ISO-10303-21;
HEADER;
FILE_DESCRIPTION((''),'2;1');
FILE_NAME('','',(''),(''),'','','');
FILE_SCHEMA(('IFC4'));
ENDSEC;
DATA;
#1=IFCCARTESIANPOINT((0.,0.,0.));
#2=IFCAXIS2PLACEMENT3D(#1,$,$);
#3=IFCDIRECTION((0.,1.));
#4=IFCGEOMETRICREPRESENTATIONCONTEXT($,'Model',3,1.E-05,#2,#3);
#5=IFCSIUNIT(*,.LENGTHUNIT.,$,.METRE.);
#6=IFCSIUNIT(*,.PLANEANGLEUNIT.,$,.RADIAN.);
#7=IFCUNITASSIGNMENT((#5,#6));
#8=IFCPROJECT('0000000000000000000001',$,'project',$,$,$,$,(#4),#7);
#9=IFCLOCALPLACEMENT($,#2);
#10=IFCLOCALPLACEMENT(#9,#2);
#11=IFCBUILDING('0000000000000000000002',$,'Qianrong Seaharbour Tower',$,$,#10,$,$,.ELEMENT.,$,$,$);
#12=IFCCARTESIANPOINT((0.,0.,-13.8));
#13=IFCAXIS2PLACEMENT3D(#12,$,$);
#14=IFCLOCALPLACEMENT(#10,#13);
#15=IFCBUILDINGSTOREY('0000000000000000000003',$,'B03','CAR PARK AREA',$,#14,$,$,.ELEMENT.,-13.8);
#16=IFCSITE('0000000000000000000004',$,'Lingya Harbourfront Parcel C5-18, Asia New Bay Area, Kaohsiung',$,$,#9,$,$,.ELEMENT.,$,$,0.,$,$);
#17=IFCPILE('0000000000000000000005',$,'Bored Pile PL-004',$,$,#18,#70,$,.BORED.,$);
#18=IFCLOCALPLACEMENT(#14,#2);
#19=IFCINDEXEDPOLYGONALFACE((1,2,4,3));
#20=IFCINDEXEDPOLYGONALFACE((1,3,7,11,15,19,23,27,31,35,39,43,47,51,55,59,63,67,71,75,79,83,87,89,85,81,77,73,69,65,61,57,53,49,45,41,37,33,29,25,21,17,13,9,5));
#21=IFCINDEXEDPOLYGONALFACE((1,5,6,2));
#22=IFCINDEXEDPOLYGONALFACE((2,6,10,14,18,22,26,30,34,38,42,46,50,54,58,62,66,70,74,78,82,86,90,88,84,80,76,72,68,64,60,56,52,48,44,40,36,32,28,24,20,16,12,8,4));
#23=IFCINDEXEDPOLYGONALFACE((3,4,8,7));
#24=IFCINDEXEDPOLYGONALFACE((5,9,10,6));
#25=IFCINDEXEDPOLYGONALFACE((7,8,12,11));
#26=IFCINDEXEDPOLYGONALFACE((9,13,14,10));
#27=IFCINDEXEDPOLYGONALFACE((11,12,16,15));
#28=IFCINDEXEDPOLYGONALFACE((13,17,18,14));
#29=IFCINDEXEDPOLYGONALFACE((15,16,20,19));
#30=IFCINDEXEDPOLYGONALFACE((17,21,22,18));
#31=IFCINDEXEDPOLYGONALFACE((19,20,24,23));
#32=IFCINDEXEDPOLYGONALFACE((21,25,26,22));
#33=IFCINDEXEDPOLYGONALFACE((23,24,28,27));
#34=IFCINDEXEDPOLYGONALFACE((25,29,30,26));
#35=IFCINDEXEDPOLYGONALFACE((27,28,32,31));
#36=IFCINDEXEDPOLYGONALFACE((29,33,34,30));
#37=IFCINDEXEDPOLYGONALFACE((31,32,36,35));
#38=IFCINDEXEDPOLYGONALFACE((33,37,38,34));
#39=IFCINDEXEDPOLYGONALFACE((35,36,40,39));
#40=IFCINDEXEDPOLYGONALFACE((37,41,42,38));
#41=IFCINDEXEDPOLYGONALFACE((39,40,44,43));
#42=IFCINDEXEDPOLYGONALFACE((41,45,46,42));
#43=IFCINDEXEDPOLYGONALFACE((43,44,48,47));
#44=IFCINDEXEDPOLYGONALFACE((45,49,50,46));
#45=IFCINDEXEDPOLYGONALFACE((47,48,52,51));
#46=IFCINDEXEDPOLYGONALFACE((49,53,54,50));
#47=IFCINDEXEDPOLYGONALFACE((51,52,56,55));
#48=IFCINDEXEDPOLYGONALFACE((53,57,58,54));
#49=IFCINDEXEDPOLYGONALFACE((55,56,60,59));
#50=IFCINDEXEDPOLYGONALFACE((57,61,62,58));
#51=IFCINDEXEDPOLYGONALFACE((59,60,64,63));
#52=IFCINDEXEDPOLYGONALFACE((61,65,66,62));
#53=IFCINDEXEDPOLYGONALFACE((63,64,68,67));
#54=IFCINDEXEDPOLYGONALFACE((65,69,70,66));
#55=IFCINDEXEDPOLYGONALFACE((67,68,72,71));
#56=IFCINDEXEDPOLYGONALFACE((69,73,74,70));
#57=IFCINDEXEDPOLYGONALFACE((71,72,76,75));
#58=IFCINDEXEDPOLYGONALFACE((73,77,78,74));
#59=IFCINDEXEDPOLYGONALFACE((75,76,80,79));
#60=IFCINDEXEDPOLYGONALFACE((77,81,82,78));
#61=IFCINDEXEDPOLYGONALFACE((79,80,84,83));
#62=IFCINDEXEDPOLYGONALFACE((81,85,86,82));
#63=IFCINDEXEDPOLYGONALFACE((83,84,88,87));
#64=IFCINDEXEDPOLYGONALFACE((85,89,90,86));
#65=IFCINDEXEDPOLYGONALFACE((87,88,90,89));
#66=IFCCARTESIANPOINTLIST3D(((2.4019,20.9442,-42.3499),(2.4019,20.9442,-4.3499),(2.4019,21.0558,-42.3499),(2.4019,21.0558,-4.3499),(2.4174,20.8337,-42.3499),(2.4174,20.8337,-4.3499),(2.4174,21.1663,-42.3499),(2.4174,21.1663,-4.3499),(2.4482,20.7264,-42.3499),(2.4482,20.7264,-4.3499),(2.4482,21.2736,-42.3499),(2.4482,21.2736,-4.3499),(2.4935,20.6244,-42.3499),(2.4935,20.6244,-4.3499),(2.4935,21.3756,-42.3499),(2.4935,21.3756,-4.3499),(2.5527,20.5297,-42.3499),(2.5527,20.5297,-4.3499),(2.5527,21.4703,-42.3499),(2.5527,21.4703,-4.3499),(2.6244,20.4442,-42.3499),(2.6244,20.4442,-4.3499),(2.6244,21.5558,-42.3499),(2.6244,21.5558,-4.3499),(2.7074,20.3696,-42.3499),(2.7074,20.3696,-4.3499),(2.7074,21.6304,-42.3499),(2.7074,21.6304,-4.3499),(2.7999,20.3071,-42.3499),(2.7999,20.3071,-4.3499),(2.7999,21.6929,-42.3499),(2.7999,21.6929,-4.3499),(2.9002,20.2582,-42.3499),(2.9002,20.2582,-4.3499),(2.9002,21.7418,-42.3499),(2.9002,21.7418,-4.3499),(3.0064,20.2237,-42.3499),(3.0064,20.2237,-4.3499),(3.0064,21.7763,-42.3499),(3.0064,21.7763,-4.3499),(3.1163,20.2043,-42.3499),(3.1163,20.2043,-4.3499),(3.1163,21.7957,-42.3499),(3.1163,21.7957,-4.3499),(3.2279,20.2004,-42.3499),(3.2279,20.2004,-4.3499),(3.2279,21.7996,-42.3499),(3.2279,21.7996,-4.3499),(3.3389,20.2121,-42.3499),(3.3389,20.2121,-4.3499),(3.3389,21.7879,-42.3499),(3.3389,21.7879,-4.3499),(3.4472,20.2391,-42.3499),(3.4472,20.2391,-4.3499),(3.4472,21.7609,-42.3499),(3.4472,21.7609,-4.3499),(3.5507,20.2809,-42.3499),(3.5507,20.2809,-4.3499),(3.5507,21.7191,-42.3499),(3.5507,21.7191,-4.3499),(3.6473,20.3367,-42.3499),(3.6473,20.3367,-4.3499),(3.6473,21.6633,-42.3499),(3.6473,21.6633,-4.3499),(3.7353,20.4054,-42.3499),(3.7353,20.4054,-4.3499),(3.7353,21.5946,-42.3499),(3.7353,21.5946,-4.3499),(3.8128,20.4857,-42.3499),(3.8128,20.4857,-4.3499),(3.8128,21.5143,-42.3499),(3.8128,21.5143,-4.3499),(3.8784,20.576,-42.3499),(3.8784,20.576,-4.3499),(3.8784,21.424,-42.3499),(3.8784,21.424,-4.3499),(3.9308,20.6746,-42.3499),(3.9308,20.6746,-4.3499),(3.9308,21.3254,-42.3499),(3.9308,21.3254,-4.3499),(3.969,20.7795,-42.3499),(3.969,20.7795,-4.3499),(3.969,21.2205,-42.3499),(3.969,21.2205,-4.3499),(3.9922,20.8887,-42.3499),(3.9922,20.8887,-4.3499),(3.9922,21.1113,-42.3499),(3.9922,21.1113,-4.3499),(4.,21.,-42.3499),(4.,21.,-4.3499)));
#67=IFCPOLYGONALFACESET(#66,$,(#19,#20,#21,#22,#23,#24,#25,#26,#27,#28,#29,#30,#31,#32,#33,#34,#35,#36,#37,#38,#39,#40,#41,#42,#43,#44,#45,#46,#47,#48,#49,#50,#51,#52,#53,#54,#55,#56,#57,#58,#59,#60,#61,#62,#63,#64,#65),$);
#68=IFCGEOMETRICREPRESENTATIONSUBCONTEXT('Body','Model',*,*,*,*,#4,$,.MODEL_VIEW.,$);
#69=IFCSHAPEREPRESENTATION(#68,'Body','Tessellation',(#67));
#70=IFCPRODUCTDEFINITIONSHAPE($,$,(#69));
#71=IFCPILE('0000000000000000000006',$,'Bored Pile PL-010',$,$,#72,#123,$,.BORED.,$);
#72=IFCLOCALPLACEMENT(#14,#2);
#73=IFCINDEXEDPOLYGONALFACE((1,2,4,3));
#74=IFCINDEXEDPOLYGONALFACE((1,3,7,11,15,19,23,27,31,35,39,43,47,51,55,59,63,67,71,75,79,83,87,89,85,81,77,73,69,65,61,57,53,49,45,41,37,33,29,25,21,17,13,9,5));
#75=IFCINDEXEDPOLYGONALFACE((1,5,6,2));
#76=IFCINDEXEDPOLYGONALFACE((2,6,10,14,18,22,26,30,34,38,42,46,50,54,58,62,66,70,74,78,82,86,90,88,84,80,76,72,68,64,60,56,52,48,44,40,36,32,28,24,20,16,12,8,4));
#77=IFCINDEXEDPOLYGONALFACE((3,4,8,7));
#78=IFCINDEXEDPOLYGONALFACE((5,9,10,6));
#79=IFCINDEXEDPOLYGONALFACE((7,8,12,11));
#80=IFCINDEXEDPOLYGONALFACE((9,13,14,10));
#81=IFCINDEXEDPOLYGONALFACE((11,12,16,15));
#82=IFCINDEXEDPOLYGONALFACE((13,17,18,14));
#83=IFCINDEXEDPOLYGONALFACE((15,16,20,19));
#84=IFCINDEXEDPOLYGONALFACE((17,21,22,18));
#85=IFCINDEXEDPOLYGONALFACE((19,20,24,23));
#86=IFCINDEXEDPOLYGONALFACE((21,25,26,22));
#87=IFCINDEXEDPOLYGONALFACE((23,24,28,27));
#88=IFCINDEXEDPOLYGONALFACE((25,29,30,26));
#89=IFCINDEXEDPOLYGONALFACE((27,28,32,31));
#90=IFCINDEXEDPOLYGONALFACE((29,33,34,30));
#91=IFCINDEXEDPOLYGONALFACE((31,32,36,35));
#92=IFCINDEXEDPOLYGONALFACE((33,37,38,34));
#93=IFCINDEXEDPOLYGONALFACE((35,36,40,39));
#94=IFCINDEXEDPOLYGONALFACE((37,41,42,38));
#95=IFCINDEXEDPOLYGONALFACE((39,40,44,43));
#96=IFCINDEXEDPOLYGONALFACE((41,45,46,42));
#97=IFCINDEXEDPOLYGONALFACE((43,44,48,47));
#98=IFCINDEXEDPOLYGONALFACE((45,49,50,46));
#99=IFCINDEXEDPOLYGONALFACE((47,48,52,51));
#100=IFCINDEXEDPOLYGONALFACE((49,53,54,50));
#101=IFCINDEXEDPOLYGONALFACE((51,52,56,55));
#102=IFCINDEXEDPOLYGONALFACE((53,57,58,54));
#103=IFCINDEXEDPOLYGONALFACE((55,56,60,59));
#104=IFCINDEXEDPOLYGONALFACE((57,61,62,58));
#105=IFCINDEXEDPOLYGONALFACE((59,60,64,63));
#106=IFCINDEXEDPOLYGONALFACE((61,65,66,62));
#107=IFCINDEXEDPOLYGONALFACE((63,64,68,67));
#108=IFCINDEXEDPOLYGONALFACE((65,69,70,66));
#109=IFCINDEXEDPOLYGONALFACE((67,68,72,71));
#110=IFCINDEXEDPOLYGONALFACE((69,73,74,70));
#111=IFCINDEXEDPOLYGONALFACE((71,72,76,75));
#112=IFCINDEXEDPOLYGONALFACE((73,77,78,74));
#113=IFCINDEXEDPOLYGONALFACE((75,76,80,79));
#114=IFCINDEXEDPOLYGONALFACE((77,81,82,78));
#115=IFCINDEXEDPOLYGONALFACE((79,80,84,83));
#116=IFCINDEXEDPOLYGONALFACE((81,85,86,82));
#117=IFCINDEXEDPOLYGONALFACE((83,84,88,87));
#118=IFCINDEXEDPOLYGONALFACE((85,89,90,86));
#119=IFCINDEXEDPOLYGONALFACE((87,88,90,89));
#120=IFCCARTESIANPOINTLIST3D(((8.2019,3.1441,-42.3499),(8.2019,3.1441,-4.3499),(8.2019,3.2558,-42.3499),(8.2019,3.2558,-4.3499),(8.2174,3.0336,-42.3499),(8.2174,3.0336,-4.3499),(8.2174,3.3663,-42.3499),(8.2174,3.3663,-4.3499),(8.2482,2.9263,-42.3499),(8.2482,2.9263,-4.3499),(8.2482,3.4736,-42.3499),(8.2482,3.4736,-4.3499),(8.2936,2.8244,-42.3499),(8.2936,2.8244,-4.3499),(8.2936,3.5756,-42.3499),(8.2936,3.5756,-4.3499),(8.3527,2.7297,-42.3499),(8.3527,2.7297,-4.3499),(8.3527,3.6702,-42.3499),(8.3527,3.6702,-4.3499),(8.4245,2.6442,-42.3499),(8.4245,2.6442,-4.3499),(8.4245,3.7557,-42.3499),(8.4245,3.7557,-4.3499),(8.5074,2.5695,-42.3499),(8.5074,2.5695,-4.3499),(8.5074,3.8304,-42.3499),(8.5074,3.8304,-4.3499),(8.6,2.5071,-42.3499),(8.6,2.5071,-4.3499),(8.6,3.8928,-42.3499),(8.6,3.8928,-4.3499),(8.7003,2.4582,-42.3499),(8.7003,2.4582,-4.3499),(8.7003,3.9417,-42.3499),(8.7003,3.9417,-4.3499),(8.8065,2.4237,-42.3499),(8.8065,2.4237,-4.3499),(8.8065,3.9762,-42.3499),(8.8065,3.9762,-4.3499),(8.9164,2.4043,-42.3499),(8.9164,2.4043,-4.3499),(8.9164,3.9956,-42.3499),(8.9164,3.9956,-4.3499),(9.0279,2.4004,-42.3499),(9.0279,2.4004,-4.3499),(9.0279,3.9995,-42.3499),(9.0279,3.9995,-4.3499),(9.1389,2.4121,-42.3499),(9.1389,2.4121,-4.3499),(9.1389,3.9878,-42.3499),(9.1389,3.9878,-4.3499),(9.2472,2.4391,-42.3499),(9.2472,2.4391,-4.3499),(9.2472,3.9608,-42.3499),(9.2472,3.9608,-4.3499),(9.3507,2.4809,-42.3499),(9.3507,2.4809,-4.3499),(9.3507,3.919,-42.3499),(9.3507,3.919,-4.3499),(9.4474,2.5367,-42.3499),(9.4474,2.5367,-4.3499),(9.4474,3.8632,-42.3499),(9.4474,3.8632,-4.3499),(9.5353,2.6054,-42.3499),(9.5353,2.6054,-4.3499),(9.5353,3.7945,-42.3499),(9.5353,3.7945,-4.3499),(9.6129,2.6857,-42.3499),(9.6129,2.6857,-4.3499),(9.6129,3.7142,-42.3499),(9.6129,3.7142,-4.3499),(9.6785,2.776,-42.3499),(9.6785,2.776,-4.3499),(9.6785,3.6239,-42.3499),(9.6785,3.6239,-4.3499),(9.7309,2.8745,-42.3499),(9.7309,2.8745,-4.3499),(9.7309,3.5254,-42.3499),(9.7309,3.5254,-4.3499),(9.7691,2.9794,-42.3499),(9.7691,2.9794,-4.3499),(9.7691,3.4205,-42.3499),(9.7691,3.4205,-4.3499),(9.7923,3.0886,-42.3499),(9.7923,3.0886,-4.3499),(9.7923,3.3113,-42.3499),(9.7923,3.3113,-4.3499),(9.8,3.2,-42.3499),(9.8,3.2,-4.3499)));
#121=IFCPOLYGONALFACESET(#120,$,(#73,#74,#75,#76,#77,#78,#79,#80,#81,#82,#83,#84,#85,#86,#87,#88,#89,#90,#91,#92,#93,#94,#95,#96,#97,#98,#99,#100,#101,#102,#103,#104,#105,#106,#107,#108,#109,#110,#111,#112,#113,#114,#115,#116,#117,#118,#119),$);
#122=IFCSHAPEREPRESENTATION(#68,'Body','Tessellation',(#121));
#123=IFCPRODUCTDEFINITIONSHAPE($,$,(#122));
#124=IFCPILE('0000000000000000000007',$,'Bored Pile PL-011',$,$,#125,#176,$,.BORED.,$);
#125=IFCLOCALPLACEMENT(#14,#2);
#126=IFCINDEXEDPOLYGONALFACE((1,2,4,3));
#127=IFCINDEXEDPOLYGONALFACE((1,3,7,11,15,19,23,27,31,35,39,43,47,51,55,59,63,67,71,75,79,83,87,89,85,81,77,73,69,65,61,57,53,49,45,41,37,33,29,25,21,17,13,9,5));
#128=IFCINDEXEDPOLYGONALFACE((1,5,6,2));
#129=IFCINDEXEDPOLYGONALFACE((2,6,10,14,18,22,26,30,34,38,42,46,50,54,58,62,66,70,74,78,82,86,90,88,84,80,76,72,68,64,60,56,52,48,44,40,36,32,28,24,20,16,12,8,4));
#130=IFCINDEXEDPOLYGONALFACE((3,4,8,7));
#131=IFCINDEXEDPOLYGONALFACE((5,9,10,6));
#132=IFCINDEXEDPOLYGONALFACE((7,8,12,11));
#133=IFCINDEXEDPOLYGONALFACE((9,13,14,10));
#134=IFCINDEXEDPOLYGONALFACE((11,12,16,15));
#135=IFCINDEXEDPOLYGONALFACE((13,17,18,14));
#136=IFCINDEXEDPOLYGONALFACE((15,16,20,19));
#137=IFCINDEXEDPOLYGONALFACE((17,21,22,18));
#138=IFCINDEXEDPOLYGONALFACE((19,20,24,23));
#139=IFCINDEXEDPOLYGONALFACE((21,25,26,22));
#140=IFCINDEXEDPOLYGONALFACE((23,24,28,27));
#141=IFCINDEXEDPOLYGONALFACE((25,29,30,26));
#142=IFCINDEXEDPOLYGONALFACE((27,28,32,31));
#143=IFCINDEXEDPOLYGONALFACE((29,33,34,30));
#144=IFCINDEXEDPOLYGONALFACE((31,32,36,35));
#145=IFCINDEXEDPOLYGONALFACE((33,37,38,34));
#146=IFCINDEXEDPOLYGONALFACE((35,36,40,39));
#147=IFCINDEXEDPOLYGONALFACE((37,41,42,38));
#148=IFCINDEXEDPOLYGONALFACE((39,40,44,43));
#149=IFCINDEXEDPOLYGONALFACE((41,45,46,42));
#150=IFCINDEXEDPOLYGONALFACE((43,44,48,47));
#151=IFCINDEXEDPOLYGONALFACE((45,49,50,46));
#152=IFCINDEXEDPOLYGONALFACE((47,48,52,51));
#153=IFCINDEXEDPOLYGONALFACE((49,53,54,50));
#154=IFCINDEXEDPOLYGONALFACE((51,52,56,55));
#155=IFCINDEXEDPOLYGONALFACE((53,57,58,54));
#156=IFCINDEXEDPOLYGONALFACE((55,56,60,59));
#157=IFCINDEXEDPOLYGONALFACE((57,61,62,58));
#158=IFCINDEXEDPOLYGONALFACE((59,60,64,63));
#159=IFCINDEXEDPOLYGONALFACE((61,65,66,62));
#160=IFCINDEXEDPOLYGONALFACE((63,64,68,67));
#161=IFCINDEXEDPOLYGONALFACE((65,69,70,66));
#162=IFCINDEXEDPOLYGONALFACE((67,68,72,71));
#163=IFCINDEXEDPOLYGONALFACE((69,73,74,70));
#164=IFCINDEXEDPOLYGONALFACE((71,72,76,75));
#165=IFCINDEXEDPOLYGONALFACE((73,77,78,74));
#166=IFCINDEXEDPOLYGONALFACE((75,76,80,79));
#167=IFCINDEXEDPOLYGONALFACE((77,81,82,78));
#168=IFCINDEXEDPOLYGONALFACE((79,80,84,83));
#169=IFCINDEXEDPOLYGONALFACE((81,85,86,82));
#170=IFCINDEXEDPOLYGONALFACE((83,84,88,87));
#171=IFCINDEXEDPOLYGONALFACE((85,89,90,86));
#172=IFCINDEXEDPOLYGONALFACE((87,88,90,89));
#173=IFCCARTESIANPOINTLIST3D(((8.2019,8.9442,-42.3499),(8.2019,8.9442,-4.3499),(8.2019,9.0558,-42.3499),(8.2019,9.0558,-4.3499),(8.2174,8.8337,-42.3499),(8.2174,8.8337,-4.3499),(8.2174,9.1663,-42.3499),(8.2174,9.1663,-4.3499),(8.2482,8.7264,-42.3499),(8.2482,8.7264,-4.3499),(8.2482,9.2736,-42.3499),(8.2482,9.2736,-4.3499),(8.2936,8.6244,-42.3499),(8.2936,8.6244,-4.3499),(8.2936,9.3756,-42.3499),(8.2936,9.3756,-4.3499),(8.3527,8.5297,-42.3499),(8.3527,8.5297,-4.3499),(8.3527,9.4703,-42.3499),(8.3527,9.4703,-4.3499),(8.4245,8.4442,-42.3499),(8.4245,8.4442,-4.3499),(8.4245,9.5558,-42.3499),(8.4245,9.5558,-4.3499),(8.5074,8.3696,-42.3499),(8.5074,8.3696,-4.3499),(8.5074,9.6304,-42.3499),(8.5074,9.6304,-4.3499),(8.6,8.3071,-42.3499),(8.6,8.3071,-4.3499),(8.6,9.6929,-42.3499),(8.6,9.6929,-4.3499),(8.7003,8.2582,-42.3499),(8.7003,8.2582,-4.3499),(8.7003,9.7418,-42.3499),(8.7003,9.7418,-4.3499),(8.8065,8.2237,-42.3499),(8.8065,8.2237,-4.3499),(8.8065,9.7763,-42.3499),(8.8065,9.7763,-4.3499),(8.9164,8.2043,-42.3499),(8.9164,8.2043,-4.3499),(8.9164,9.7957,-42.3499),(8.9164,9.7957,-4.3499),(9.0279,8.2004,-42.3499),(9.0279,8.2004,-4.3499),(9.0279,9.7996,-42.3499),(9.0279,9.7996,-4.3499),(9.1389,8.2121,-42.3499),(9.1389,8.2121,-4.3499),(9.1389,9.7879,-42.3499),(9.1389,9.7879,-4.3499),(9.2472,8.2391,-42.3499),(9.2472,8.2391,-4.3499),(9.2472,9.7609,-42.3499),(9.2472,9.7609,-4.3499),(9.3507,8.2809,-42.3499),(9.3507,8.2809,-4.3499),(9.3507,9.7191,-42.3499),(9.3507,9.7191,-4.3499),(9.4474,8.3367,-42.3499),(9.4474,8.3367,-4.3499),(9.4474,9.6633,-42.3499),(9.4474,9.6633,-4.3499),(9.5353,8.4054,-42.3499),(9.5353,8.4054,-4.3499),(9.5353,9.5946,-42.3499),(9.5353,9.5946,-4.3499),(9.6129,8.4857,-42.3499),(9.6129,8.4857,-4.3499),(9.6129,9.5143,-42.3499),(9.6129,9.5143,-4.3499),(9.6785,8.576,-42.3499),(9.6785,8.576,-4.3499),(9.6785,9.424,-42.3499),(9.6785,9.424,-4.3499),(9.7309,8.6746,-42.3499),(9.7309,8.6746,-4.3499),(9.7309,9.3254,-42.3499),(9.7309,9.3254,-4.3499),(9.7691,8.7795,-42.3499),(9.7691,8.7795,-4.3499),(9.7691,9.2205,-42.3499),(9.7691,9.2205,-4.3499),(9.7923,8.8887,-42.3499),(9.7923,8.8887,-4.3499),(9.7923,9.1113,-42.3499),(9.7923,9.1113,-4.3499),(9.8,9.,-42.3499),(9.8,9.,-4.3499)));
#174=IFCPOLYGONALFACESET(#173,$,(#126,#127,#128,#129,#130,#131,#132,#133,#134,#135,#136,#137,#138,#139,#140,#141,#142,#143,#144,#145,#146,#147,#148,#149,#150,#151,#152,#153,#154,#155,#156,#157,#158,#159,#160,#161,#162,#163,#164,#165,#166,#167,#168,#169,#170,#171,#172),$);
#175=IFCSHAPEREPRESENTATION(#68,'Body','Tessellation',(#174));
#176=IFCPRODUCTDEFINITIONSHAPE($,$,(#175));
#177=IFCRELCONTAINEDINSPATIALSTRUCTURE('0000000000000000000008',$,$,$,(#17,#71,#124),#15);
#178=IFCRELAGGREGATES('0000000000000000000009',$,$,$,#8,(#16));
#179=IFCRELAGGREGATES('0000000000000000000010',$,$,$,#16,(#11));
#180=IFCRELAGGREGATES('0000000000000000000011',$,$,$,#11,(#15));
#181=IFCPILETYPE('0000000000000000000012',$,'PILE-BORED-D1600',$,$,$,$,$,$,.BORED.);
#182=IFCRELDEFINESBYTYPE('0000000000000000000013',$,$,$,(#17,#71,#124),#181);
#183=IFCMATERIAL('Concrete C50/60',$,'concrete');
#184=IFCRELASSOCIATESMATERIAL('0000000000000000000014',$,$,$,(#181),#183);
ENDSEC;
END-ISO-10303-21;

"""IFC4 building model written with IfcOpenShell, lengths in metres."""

from ifc_helpers import new_model, si_unit, direction, frame, origin, origin_2d, place, context, subcontext, project, spatial, circle, extrude, material, material_profile, profile_set, type_object, element, save


model = new_model("IFC4")

# Units and contexts
model_context = context("Model", 3, precision=1e-05, world=origin(), true_north=direction((0.0, 1.0)))
body_context = subcontext(model_context, "Body", "Model", "MODEL_VIEW")
ifc_project = project(units=[si_unit("LENGTHUNIT", "METRE"), si_unit("PLANEANGLEUNIT", "RADIAN")], contexts=[model_context])

# Site, building, storey
site_placement = place(None, origin())
site = spatial("IfcSite", under=ifc_project, at=site_placement, Name="Lingya Harbourfront Parcel C5-18, Asia New Bay Area, Kaohsiung", CompositionType="ELEMENT", RefElevation=0.0)
building_placement = place(site_placement, origin())
building = spatial("IfcBuilding", under=site, at=building_placement, Name="Qianrong Seaharbour Tower", CompositionType="ELEMENT")
storey_placement = place(building_placement, frame((0.0, 0.0, -13.8)))
storey = spatial("IfcBuildingStorey", under=building, at=storey_placement, Name="B03", Description="CAR PARK AREA", CompositionType="ELEMENT", Elevation=-13.8)

# Piles
ifc_material_1 = material(Name="Concrete C50/60", Category="concrete")
ifc_material_profile_1 = material_profile(ifc_material_1, circle(Radius=0.8, at=origin_2d()), Name="PILE-D1600")
ifc_profile_set_1 = profile_set([ifc_material_profile_1], Name="Concrete C50/60")
pile_type_1 = type_object("IfcPileType", Name="PILE-BORED-D1600", PredefinedType="BORED", material=ifc_profile_set_1)
for number, where, z_axis, x_axis, name in (
    (1, (3.2, 21.0, -4.3499), (0.0, 0.0, -1.0), (1.0, 0.0, 0.0), "Bored Pile PL-004"),
    (2, (9.0, 3.2, -4.3499), (0.0, 0.0, -1.0), (1.0, 0.0, 0.0), "Bored Pile PL-010"),
    (3, (9.0, 9.0, -4.3499), (0.0, 0.0, -1.0), (1.0, 0.0, 0.0), "Bored Pile PL-011"),
):
    element("IfcPile", number, at=place(storey_placement, frame(where, z_axis=z_axis, x_axis=x_axis)), inside=storey, type_object=pile_type_1, Name=name, PredefinedType="BORED", context=body_context, shape_type="SweptSolid", body=[
        extrude(circle(Radius=0.8, at=origin_2d()), origin(), (0.0, 0.0, 1.0), 38.0),
    ])

save(model, "model.ifc")
